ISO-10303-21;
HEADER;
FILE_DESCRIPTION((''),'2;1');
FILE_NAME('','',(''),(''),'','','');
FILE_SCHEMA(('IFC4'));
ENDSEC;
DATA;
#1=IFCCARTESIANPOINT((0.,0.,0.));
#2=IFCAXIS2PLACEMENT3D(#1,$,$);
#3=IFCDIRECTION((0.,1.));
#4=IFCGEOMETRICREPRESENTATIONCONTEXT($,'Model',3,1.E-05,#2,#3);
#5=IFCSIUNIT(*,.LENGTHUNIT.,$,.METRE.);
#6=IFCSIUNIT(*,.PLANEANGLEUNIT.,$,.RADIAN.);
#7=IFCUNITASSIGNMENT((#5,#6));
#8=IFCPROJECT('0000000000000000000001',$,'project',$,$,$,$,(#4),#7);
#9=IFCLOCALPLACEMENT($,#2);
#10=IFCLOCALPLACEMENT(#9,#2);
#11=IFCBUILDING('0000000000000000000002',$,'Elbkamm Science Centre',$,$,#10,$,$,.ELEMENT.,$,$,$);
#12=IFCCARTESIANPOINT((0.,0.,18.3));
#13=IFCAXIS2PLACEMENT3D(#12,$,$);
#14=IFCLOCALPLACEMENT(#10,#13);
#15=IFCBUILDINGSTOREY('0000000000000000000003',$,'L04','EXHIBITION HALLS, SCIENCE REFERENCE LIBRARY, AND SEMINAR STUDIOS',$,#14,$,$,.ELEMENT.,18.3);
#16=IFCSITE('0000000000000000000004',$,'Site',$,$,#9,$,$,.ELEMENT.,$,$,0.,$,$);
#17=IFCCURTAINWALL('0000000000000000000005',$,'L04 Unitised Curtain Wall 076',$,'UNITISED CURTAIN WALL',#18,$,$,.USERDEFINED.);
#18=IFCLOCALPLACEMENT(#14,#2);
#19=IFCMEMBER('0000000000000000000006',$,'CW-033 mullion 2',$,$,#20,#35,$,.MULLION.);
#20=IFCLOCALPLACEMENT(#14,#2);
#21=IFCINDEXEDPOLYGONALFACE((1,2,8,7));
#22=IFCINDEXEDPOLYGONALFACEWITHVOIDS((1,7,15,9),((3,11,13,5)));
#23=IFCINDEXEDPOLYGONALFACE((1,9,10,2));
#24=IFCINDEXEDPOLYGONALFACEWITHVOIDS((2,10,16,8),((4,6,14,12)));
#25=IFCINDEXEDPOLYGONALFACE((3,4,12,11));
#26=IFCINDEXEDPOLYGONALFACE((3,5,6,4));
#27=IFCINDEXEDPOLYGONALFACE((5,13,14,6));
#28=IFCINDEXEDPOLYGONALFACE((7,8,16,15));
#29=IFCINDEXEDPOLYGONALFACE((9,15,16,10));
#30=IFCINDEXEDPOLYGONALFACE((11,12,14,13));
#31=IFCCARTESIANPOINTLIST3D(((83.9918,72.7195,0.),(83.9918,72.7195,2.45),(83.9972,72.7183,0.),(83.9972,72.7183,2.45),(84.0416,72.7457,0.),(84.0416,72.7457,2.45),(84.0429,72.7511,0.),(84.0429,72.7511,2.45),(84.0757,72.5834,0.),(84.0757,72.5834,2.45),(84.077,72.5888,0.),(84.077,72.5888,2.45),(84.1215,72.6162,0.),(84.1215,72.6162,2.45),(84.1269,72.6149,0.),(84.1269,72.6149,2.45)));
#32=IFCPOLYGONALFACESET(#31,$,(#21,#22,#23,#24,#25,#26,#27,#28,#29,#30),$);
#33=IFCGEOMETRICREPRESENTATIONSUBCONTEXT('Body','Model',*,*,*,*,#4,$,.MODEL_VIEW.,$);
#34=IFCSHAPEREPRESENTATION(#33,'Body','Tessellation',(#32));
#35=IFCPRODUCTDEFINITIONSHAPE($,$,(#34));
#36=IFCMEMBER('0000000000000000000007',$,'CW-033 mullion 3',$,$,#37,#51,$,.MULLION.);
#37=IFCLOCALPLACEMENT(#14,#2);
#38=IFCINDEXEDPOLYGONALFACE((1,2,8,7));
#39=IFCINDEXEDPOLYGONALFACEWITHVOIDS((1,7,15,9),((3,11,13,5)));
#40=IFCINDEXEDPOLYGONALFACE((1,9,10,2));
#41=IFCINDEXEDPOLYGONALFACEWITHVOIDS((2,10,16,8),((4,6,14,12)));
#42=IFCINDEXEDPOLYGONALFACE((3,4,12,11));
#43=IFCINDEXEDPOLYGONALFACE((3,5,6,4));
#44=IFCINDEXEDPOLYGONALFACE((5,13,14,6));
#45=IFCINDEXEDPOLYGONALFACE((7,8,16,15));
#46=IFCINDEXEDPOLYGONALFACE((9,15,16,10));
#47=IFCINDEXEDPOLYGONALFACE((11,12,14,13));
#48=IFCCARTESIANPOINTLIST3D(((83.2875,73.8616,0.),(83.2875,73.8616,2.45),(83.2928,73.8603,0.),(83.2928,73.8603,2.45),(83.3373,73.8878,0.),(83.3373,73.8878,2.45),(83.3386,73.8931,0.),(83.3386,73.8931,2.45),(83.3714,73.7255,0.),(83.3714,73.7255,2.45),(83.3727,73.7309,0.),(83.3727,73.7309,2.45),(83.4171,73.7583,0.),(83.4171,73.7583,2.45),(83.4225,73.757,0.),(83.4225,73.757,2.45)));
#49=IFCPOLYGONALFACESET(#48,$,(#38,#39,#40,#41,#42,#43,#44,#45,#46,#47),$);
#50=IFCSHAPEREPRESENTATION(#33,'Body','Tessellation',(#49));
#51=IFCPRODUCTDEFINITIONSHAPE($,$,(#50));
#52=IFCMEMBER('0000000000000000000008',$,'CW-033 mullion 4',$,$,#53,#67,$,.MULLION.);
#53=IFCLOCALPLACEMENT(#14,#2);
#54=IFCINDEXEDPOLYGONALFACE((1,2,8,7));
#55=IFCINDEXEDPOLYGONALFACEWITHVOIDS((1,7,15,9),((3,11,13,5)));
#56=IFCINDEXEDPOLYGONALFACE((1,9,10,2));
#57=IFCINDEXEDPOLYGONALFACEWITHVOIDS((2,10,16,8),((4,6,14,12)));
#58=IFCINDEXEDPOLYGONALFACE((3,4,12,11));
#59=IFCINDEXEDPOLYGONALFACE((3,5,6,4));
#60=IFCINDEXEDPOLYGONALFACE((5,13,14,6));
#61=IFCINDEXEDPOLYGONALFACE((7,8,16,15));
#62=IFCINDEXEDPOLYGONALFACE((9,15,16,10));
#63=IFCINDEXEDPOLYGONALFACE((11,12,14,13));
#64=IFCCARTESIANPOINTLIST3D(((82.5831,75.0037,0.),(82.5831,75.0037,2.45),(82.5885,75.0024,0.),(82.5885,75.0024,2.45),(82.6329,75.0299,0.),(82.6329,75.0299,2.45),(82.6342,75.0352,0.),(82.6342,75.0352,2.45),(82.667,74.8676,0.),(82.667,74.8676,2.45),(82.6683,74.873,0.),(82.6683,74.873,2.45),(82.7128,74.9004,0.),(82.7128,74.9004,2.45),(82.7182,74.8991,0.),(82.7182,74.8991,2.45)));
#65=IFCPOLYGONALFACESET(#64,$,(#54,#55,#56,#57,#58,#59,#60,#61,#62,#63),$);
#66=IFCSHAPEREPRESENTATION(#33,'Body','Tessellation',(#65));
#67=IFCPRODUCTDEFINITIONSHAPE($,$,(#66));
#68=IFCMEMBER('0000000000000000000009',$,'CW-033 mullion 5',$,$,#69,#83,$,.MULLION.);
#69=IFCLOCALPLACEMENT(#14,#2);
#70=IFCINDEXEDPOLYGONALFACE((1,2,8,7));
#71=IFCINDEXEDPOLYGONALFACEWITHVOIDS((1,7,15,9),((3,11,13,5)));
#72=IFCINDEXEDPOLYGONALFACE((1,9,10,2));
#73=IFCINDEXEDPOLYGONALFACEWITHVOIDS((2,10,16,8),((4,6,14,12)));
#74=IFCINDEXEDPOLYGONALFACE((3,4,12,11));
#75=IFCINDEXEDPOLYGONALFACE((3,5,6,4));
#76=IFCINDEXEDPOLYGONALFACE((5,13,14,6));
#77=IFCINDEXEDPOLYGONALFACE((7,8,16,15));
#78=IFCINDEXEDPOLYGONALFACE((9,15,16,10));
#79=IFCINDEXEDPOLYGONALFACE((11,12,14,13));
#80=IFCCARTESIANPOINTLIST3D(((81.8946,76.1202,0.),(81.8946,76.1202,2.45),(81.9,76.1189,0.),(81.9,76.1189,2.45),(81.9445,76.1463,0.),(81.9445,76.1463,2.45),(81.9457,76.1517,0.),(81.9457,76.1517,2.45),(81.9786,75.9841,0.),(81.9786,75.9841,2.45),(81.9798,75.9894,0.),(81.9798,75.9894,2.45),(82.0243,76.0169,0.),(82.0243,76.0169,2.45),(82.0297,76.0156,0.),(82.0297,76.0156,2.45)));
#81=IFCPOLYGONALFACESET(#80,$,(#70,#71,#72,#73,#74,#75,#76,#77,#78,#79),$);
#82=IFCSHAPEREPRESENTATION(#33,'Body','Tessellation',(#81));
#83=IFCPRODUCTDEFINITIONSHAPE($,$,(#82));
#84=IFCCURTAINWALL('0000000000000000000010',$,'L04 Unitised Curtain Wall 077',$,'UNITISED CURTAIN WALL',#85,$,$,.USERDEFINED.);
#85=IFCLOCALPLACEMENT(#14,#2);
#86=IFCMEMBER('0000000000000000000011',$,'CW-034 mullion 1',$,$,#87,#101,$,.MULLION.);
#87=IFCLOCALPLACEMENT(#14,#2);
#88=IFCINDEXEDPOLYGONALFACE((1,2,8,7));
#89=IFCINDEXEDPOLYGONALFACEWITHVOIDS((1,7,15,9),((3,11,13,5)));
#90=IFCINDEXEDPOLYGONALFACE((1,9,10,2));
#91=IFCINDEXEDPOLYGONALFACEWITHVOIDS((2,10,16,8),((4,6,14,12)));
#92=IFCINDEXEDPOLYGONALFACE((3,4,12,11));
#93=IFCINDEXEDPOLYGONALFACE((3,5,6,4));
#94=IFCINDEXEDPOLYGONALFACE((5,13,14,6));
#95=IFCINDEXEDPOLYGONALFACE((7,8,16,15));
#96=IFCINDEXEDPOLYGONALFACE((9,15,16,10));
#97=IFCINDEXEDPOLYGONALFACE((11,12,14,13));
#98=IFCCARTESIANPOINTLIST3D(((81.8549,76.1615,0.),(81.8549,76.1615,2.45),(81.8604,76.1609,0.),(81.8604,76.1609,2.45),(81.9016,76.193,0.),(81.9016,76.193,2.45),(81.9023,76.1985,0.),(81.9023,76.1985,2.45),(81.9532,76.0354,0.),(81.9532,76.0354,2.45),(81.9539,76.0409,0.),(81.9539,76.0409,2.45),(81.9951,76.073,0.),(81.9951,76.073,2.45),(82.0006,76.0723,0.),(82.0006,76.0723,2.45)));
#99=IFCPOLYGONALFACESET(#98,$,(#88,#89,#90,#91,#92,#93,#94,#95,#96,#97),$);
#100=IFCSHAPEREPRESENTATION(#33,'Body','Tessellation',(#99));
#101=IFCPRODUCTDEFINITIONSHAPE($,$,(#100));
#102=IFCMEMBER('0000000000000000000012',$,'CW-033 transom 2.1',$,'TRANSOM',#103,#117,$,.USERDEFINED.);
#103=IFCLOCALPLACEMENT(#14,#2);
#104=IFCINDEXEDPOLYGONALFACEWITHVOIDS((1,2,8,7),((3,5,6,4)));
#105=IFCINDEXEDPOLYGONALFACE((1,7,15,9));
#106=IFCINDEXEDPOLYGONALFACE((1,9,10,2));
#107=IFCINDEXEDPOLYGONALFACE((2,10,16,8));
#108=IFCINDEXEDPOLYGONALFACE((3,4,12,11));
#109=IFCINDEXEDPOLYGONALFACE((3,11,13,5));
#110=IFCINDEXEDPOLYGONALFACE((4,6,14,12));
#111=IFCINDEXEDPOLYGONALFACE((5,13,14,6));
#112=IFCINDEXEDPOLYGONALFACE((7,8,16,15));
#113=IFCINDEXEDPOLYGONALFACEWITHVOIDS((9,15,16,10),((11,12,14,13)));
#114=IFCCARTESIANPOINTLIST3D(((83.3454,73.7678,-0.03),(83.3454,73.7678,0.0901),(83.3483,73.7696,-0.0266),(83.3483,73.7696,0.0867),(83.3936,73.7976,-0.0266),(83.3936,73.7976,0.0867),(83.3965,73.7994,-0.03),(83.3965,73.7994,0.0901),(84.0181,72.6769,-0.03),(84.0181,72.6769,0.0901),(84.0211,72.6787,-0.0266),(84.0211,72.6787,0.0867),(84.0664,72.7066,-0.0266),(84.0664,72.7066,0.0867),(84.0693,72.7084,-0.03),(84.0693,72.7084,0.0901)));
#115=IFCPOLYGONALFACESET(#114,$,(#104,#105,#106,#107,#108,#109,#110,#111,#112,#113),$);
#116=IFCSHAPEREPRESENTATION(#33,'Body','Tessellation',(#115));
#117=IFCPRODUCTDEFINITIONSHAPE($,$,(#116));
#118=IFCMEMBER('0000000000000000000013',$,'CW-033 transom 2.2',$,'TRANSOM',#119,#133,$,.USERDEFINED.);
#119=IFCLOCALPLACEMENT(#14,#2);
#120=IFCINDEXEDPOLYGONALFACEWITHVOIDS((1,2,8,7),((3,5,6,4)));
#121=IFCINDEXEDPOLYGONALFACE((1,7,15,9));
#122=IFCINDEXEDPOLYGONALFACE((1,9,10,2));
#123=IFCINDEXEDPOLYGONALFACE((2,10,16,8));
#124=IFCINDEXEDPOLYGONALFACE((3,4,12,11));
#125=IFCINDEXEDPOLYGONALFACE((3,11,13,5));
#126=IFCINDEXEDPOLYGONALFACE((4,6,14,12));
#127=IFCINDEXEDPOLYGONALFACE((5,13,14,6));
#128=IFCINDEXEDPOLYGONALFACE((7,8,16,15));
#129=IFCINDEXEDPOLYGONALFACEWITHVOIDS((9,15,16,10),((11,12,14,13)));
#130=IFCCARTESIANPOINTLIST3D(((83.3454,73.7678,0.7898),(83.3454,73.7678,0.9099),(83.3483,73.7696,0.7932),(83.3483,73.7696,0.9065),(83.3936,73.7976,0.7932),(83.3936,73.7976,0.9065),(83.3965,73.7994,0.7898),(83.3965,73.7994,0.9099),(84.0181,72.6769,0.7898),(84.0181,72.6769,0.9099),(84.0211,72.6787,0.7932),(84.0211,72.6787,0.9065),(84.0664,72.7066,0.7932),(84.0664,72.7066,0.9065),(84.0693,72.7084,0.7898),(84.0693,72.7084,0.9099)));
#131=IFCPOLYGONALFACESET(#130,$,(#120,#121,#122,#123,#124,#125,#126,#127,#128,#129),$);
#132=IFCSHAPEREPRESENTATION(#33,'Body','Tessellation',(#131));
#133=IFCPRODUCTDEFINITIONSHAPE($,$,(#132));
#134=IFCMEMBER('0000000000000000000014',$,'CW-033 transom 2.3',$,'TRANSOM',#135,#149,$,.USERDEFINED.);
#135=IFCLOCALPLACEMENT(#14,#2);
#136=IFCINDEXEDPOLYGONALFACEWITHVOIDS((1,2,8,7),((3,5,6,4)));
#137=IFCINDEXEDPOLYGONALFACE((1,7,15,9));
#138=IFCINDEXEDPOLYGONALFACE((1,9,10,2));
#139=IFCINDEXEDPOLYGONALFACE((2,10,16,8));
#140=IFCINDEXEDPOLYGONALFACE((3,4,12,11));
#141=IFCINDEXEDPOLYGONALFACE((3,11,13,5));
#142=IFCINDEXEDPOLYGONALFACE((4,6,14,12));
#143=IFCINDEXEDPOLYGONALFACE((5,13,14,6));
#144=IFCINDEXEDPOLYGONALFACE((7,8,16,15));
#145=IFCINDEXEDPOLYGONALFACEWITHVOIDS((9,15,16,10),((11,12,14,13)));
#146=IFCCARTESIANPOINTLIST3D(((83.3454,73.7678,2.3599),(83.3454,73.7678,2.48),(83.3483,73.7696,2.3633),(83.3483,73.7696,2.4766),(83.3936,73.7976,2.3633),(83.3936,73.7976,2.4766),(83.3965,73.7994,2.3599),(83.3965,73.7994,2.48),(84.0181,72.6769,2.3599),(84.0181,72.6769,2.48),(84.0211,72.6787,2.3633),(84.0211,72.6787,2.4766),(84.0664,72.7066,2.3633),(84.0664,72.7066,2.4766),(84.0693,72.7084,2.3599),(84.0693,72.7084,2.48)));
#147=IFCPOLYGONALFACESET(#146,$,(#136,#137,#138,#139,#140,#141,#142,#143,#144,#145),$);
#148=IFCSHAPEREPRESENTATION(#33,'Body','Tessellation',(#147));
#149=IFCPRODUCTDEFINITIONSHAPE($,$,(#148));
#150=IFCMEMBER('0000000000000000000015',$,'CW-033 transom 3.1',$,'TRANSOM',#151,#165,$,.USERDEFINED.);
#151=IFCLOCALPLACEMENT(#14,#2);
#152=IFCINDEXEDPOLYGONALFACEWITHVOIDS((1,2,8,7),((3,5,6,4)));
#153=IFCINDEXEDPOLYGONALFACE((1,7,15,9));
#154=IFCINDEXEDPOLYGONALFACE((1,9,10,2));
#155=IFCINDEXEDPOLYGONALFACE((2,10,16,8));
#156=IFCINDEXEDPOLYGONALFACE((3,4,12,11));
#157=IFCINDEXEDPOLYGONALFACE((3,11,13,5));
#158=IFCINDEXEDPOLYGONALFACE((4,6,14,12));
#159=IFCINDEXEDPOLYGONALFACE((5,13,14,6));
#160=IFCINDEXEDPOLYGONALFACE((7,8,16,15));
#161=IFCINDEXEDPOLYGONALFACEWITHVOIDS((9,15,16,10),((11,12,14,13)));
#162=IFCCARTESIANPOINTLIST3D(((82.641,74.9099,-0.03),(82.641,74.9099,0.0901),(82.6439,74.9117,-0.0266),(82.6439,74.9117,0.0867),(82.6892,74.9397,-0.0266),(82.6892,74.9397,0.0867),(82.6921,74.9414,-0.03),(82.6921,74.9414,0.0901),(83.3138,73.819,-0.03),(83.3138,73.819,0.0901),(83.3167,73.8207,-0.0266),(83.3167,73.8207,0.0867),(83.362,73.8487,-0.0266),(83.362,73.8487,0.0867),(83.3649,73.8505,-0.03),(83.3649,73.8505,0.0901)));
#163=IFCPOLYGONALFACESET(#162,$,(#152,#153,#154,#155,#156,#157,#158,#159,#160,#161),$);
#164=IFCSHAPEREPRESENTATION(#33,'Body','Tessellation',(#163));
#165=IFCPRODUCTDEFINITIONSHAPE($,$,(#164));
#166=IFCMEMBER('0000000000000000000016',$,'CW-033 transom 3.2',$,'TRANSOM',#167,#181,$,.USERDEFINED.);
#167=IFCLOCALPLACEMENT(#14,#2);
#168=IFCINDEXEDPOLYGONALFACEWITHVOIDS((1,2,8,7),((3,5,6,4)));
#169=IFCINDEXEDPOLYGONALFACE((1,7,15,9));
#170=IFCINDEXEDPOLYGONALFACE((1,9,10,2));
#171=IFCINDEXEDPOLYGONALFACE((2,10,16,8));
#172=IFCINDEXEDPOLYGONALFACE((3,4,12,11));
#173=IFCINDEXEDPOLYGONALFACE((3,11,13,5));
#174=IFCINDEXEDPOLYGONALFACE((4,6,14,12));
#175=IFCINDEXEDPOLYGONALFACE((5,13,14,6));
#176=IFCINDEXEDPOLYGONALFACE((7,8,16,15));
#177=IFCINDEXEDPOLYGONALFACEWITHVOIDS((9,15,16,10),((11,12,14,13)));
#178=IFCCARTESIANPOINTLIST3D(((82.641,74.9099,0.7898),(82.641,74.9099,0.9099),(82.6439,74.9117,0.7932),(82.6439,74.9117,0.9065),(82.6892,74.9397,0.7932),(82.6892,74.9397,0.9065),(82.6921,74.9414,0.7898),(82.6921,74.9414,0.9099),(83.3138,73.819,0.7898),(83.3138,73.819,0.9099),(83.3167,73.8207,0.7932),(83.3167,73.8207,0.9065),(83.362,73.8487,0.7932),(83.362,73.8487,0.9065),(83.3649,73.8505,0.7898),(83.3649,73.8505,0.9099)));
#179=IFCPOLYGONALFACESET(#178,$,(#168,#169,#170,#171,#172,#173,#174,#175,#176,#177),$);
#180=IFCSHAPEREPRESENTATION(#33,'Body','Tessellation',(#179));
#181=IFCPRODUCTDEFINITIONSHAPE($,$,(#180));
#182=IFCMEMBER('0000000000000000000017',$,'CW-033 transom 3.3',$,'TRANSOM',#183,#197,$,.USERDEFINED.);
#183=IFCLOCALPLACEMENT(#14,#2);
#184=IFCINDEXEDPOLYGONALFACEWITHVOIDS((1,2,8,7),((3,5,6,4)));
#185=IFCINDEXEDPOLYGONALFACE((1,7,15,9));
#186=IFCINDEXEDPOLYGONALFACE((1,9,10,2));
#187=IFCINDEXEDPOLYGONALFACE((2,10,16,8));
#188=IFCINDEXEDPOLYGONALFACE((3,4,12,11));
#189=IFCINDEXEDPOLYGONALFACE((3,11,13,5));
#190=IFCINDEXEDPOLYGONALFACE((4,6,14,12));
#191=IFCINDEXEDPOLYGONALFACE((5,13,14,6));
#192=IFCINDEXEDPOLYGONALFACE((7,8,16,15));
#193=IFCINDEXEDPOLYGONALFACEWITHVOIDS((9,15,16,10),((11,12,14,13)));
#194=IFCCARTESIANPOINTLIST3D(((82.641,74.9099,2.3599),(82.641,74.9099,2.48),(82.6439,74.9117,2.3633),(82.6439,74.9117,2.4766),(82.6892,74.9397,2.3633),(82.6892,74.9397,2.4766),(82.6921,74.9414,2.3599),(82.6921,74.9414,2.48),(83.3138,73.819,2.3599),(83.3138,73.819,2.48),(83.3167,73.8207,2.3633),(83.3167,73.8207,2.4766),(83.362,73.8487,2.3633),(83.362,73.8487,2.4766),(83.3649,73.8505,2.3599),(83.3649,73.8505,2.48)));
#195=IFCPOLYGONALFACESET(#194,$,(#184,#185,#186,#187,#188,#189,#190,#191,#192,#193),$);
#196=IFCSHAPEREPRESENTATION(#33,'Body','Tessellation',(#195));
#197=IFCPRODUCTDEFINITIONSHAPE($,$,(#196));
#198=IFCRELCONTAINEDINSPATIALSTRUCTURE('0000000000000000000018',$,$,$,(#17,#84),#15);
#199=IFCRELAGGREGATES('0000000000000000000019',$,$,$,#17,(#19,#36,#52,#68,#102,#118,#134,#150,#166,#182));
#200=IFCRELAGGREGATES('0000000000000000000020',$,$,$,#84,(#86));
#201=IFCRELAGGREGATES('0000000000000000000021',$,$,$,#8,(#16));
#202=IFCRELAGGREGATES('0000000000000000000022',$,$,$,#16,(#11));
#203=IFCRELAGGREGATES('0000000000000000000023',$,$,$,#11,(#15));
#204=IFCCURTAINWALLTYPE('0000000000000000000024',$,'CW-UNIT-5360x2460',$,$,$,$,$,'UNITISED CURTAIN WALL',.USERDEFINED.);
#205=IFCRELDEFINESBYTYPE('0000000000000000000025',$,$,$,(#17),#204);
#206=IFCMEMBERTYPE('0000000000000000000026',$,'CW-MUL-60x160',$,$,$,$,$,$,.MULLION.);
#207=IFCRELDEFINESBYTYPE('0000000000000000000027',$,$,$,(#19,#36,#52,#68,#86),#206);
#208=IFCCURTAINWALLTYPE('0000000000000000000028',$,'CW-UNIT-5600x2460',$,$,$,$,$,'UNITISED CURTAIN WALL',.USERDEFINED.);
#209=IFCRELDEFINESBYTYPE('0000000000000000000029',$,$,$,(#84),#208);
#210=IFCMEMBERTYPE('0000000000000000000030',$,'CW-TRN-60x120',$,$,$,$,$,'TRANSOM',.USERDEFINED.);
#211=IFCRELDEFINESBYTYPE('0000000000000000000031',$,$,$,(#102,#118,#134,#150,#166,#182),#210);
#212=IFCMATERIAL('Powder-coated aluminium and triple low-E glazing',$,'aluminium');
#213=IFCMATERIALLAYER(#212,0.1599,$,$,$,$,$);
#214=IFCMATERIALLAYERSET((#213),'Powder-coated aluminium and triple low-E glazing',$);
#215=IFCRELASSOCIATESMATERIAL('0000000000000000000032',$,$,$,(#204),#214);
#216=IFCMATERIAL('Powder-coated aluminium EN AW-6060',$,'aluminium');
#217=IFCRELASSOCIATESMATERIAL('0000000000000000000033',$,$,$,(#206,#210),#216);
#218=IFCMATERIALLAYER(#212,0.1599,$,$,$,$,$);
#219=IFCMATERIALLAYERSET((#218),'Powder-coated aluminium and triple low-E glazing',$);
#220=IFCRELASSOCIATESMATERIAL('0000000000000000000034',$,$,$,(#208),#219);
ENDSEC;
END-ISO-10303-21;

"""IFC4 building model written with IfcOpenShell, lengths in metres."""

from ifc_helpers import new_model, si_unit, direction, frame, origin, origin_2d, place, context, subcontext, project, spatial, hollow_rectangle, extrude, material, layer, layer_set, material_profile, profile_set, type_object, element, aggregate, save


model = new_model("IFC4")

# Units and contexts
model_context = context("Model", 3, precision=1e-05, world=origin(), true_north=direction((0.0, 1.0)))
body_context = subcontext(model_context, "Body", "Model", "MODEL_VIEW")
ifc_project = project(units=[si_unit("LENGTHUNIT", "METRE"), si_unit("PLANEANGLEUNIT", "RADIAN")], contexts=[model_context])

# Site, building, storey
site_placement = place(None, origin())
site = spatial("IfcSite", under=ifc_project, at=site_placement, Name="Site", CompositionType="ELEMENT", RefElevation=0.0)
building_placement = place(site_placement, origin())
building = spatial("IfcBuilding", under=site, at=building_placement, Name="Elbkamm Science Centre", CompositionType="ELEMENT")
storey_placement = place(building_placement, frame((0.0, 0.0, 18.3)))
storey = spatial("IfcBuildingStorey", under=building, at=storey_placement, Name="L04", Description="EXHIBITION HALLS, SCIENCE REFERENCE LIBRARY, AND SEMINAR STUDIOS", CompositionType="ELEMENT", Elevation=18.3)

# Curtain wall, members
ifc_material_1 = material(Name="Powder-coated aluminium and triple low-E glazing", Category="aluminium")
ifc_layer_1 = layer(ifc_material_1, 0.1599)
ifc_layer_set_1 = layer_set([ifc_layer_1], Name="Powder-coated aluminium and triple low-E glazing")
curtain_wall_type_1 = type_object("IfcCurtainWallType", Name="CW-UNIT-5360x2460", ElementType="UNITISED CURTAIN WALL", PredefinedType="USERDEFINED", material=ifc_layer_set_1)
curtain_wall_1_placement = place(storey_placement, origin())
curtain_wall_1 = element("IfcCurtainWall", 1, at=curtain_wall_1_placement, inside=storey, type_object=curtain_wall_type_1, Name="L04 Unitised Curtain Wall 076", ObjectType="UNITISED CURTAIN WALL", PredefinedType="USERDEFINED")
ifc_material_2 = material(Name="Powder-coated aluminium EN AW-6060", Category="aluminium")
ifc_material_profile_1 = material_profile(ifc_material_2, hollow_rectangle(XDim=0.0601, YDim=0.1599, WallThickness=0.0039, at=origin_2d()), Name="ALU M60x160")
ifc_profile_set_1 = profile_set([ifc_material_profile_1], Name="Powder-coated aluminium EN AW-6060")
member_type_1 = type_object("IfcMemberType", Name="CW-MUL-60x160", PredefinedType="MULLION", material=ifc_profile_set_1)
member_1_placement = place(storey_placement, frame((84.0593, 72.6672, 0.0), z_axis=(0.0, 0.0, 1.0), x_axis=(-0.851147, -0.524927, 0.0)))
member_1 = element("IfcMember", 2, at=member_1_placement, type_object=member_type_1, Name="CW-033 mullion 2", PredefinedType="MULLION", context=body_context, shape_type="SweptSolid", body=[
    extrude(hollow_rectangle(XDim=0.0601, YDim=0.1599, WallThickness=0.0039, at=origin_2d()), origin(), (0.0, 0.0, 1.0), 2.45),
])
member_2_placement = place(storey_placement, frame((83.355, 73.8093, 0.0), z_axis=(0.0, 0.0, 1.0), x_axis=(-0.851147, -0.524927, 0.0)))
member_2 = element("IfcMember", 3, at=member_2_placement, type_object=member_type_1, Name="CW-033 mullion 3", PredefinedType="MULLION", context=body_context, shape_type="SweptSolid", body=[
    extrude(hollow_rectangle(XDim=0.0601, YDim=0.1599, WallThickness=0.0039, at=origin_2d()), origin(), (0.0, 0.0, 1.0), 2.45),
])
member_3_placement = place(storey_placement, frame((82.6506, 74.9514, 0.0), z_axis=(0.0, 0.0, 1.0), x_axis=(-0.851147, -0.524927, 0.0)))
member_3 = element("IfcMember", 4, at=member_3_placement, type_object=member_type_1, Name="CW-033 mullion 4", PredefinedType="MULLION", context=body_context, shape_type="SweptSolid", body=[
    extrude(hollow_rectangle(XDim=0.0601, YDim=0.1599, WallThickness=0.0039, at=origin_2d()), origin(), (0.0, 0.0, 1.0), 2.45),
])
member_4_placement = place(storey_placement, frame((81.9622, 76.0679, 0.0), z_axis=(0.0, 0.0, 1.0), x_axis=(-0.851147, -0.524927, 0.0)))
member_4 = element("IfcMember", 5, at=member_4_placement, type_object=member_type_1, Name="CW-033 mullion 5", PredefinedType="MULLION", context=body_context, shape_type="SweptSolid", body=[
    extrude(hollow_rectangle(XDim=0.0601, YDim=0.1599, WallThickness=0.0039, at=origin_2d()), origin(), (0.0, 0.0, 1.0), 2.45),
])

# Curtain wall, member
ifc_layer_2 = layer(ifc_material_1, 0.1599)
ifc_layer_set_2 = layer_set([ifc_layer_2], Name="Powder-coated aluminium and triple low-E glazing")
curtain_wall_type_2 = type_object("IfcCurtainWallType", Name="CW-UNIT-5600x2460", ElementType="UNITISED CURTAIN WALL", PredefinedType="USERDEFINED", material=ifc_layer_set_2)
curtain_wall_2_placement = place(storey_placement, origin())
curtain_wall_2 = element("IfcCurtainWall", 6, at=curtain_wall_2_placement, inside=storey, type_object=curtain_wall_type_2, Name="L04 Unitised Curtain Wall 077", ObjectType="UNITISED CURTAIN WALL", PredefinedType="USERDEFINED")
member_5_placement = place(storey_placement, frame((81.9277, 76.1169, 0.0), z_axis=(0.0, 0.0, 1.0), x_axis=(-0.788679, -0.614806, 0.0)))
member_5 = element("IfcMember", 7, at=member_5_placement, type_object=member_type_1, Name="CW-034 mullion 1", PredefinedType="MULLION", context=body_context, shape_type="SweptSolid", body=[
    extrude(hollow_rectangle(XDim=0.0601, YDim=0.1599, WallThickness=0.0039, at=origin_2d()), origin(), (0.0, 0.0, 1.0), 2.45),
])

# Members
ifc_material_profile_2 = material_profile(ifc_material_2, hollow_rectangle(XDim=0.0601, YDim=0.1201, WallThickness=0.0034, at=origin_2d()), Name="ALU T60x120")
ifc_profile_set_2 = profile_set([ifc_material_profile_2], Name="Powder-coated aluminium EN AW-6060")
member_type_2 = type_object("IfcMemberType", Name="CW-TRN-60x120", ElementType="TRANSOM", PredefinedType="USERDEFINED", material=ifc_profile_set_2)
member_6_placement = place(storey_placement, frame((84.0437, 72.6926, 0.03), z_axis=(-0.524905, 0.851161, 0.0), x_axis=(-0.851161, -0.524905, 0.0)))
member_6 = element("IfcMember", 8, at=member_6_placement, type_object=member_type_2, Name="CW-033 transom 2.1", ObjectType="TRANSOM", PredefinedType="USERDEFINED", context=body_context, shape_type="SweptSolid", body=[
    extrude(hollow_rectangle(XDim=0.0601, YDim=0.1201, WallThickness=0.0034, at=origin_2d()), origin(), (0.0, 0.0, 1.0), 1.2817),
])
member_7_placement = place(storey_placement, frame((84.0437, 72.6926, 0.8499), z_axis=(-0.524905, 0.851161, 0.0), x_axis=(-0.851161, -0.524905, 0.0)))
member_7 = element("IfcMember", 9, at=member_7_placement, type_object=member_type_2, Name="CW-033 transom 2.2", ObjectType="TRANSOM", PredefinedType="USERDEFINED", context=body_context, shape_type="SweptSolid", body=[
    extrude(hollow_rectangle(XDim=0.0601, YDim=0.1201, WallThickness=0.0034, at=origin_2d()), origin(), (0.0, 0.0, 1.0), 1.2817),
])
member_8_placement = place(storey_placement, frame((84.0437, 72.6926, 2.4199), z_axis=(-0.524905, 0.851161, 0.0), x_axis=(-0.851161, -0.524905, 0.0)))
member_8 = element("IfcMember", 10, at=member_8_placement, type_object=member_type_2, Name="CW-033 transom 2.3", ObjectType="TRANSOM", PredefinedType="USERDEFINED", context=body_context, shape_type="SweptSolid", body=[
    extrude(hollow_rectangle(XDim=0.0601, YDim=0.1201, WallThickness=0.0034, at=origin_2d()), origin(), (0.0, 0.0, 1.0), 1.2817),
])
member_9_placement = place(storey_placement, frame((83.3394, 73.8347, 0.03), z_axis=(-0.524905, 0.851161, 0.0), x_axis=(-0.851161, -0.524905, 0.0)))
member_9 = element("IfcMember", 11, at=member_9_placement, type_object=member_type_2, Name="CW-033 transom 3.1", ObjectType="TRANSOM", PredefinedType="USERDEFINED", context=body_context, shape_type="SweptSolid", body=[
    extrude(hollow_rectangle(XDim=0.0601, YDim=0.1201, WallThickness=0.0034, at=origin_2d()), origin(), (0.0, 0.0, 1.0), 1.2817),
])
member_10_placement = place(storey_placement, frame((83.3394, 73.8347, 0.8499), z_axis=(-0.524905, 0.851161, 0.0), x_axis=(-0.851161, -0.524905, 0.0)))
member_10 = element("IfcMember", 12, at=member_10_placement, type_object=member_type_2, Name="CW-033 transom 3.2", ObjectType="TRANSOM", PredefinedType="USERDEFINED", context=body_context, shape_type="SweptSolid", body=[
    extrude(hollow_rectangle(XDim=0.0601, YDim=0.1201, WallThickness=0.0034, at=origin_2d()), origin(), (0.0, 0.0, 1.0), 1.2817),
])
member_11_placement = place(storey_placement, frame((83.3394, 73.8347, 2.4199), z_axis=(-0.524905, 0.851161, 0.0), x_axis=(-0.851161, -0.524905, 0.0)))
member_11 = element("IfcMember", 13, at=member_11_placement, type_object=member_type_2, Name="CW-033 transom 3.3", ObjectType="TRANSOM", PredefinedType="USERDEFINED", context=body_context, shape_type="SweptSolid", body=[
    extrude(hollow_rectangle(XDim=0.0601, YDim=0.1201, WallThickness=0.0034, at=origin_2d()), origin(), (0.0, 0.0, 1.0), 1.2817),
])

aggregate(curtain_wall_1, [member_1, member_2, member_3, member_4, member_6, member_7, member_8, member_9, member_10, member_11])
aggregate(curtain_wall_2, [member_5])

save(model, "model.ifc")
